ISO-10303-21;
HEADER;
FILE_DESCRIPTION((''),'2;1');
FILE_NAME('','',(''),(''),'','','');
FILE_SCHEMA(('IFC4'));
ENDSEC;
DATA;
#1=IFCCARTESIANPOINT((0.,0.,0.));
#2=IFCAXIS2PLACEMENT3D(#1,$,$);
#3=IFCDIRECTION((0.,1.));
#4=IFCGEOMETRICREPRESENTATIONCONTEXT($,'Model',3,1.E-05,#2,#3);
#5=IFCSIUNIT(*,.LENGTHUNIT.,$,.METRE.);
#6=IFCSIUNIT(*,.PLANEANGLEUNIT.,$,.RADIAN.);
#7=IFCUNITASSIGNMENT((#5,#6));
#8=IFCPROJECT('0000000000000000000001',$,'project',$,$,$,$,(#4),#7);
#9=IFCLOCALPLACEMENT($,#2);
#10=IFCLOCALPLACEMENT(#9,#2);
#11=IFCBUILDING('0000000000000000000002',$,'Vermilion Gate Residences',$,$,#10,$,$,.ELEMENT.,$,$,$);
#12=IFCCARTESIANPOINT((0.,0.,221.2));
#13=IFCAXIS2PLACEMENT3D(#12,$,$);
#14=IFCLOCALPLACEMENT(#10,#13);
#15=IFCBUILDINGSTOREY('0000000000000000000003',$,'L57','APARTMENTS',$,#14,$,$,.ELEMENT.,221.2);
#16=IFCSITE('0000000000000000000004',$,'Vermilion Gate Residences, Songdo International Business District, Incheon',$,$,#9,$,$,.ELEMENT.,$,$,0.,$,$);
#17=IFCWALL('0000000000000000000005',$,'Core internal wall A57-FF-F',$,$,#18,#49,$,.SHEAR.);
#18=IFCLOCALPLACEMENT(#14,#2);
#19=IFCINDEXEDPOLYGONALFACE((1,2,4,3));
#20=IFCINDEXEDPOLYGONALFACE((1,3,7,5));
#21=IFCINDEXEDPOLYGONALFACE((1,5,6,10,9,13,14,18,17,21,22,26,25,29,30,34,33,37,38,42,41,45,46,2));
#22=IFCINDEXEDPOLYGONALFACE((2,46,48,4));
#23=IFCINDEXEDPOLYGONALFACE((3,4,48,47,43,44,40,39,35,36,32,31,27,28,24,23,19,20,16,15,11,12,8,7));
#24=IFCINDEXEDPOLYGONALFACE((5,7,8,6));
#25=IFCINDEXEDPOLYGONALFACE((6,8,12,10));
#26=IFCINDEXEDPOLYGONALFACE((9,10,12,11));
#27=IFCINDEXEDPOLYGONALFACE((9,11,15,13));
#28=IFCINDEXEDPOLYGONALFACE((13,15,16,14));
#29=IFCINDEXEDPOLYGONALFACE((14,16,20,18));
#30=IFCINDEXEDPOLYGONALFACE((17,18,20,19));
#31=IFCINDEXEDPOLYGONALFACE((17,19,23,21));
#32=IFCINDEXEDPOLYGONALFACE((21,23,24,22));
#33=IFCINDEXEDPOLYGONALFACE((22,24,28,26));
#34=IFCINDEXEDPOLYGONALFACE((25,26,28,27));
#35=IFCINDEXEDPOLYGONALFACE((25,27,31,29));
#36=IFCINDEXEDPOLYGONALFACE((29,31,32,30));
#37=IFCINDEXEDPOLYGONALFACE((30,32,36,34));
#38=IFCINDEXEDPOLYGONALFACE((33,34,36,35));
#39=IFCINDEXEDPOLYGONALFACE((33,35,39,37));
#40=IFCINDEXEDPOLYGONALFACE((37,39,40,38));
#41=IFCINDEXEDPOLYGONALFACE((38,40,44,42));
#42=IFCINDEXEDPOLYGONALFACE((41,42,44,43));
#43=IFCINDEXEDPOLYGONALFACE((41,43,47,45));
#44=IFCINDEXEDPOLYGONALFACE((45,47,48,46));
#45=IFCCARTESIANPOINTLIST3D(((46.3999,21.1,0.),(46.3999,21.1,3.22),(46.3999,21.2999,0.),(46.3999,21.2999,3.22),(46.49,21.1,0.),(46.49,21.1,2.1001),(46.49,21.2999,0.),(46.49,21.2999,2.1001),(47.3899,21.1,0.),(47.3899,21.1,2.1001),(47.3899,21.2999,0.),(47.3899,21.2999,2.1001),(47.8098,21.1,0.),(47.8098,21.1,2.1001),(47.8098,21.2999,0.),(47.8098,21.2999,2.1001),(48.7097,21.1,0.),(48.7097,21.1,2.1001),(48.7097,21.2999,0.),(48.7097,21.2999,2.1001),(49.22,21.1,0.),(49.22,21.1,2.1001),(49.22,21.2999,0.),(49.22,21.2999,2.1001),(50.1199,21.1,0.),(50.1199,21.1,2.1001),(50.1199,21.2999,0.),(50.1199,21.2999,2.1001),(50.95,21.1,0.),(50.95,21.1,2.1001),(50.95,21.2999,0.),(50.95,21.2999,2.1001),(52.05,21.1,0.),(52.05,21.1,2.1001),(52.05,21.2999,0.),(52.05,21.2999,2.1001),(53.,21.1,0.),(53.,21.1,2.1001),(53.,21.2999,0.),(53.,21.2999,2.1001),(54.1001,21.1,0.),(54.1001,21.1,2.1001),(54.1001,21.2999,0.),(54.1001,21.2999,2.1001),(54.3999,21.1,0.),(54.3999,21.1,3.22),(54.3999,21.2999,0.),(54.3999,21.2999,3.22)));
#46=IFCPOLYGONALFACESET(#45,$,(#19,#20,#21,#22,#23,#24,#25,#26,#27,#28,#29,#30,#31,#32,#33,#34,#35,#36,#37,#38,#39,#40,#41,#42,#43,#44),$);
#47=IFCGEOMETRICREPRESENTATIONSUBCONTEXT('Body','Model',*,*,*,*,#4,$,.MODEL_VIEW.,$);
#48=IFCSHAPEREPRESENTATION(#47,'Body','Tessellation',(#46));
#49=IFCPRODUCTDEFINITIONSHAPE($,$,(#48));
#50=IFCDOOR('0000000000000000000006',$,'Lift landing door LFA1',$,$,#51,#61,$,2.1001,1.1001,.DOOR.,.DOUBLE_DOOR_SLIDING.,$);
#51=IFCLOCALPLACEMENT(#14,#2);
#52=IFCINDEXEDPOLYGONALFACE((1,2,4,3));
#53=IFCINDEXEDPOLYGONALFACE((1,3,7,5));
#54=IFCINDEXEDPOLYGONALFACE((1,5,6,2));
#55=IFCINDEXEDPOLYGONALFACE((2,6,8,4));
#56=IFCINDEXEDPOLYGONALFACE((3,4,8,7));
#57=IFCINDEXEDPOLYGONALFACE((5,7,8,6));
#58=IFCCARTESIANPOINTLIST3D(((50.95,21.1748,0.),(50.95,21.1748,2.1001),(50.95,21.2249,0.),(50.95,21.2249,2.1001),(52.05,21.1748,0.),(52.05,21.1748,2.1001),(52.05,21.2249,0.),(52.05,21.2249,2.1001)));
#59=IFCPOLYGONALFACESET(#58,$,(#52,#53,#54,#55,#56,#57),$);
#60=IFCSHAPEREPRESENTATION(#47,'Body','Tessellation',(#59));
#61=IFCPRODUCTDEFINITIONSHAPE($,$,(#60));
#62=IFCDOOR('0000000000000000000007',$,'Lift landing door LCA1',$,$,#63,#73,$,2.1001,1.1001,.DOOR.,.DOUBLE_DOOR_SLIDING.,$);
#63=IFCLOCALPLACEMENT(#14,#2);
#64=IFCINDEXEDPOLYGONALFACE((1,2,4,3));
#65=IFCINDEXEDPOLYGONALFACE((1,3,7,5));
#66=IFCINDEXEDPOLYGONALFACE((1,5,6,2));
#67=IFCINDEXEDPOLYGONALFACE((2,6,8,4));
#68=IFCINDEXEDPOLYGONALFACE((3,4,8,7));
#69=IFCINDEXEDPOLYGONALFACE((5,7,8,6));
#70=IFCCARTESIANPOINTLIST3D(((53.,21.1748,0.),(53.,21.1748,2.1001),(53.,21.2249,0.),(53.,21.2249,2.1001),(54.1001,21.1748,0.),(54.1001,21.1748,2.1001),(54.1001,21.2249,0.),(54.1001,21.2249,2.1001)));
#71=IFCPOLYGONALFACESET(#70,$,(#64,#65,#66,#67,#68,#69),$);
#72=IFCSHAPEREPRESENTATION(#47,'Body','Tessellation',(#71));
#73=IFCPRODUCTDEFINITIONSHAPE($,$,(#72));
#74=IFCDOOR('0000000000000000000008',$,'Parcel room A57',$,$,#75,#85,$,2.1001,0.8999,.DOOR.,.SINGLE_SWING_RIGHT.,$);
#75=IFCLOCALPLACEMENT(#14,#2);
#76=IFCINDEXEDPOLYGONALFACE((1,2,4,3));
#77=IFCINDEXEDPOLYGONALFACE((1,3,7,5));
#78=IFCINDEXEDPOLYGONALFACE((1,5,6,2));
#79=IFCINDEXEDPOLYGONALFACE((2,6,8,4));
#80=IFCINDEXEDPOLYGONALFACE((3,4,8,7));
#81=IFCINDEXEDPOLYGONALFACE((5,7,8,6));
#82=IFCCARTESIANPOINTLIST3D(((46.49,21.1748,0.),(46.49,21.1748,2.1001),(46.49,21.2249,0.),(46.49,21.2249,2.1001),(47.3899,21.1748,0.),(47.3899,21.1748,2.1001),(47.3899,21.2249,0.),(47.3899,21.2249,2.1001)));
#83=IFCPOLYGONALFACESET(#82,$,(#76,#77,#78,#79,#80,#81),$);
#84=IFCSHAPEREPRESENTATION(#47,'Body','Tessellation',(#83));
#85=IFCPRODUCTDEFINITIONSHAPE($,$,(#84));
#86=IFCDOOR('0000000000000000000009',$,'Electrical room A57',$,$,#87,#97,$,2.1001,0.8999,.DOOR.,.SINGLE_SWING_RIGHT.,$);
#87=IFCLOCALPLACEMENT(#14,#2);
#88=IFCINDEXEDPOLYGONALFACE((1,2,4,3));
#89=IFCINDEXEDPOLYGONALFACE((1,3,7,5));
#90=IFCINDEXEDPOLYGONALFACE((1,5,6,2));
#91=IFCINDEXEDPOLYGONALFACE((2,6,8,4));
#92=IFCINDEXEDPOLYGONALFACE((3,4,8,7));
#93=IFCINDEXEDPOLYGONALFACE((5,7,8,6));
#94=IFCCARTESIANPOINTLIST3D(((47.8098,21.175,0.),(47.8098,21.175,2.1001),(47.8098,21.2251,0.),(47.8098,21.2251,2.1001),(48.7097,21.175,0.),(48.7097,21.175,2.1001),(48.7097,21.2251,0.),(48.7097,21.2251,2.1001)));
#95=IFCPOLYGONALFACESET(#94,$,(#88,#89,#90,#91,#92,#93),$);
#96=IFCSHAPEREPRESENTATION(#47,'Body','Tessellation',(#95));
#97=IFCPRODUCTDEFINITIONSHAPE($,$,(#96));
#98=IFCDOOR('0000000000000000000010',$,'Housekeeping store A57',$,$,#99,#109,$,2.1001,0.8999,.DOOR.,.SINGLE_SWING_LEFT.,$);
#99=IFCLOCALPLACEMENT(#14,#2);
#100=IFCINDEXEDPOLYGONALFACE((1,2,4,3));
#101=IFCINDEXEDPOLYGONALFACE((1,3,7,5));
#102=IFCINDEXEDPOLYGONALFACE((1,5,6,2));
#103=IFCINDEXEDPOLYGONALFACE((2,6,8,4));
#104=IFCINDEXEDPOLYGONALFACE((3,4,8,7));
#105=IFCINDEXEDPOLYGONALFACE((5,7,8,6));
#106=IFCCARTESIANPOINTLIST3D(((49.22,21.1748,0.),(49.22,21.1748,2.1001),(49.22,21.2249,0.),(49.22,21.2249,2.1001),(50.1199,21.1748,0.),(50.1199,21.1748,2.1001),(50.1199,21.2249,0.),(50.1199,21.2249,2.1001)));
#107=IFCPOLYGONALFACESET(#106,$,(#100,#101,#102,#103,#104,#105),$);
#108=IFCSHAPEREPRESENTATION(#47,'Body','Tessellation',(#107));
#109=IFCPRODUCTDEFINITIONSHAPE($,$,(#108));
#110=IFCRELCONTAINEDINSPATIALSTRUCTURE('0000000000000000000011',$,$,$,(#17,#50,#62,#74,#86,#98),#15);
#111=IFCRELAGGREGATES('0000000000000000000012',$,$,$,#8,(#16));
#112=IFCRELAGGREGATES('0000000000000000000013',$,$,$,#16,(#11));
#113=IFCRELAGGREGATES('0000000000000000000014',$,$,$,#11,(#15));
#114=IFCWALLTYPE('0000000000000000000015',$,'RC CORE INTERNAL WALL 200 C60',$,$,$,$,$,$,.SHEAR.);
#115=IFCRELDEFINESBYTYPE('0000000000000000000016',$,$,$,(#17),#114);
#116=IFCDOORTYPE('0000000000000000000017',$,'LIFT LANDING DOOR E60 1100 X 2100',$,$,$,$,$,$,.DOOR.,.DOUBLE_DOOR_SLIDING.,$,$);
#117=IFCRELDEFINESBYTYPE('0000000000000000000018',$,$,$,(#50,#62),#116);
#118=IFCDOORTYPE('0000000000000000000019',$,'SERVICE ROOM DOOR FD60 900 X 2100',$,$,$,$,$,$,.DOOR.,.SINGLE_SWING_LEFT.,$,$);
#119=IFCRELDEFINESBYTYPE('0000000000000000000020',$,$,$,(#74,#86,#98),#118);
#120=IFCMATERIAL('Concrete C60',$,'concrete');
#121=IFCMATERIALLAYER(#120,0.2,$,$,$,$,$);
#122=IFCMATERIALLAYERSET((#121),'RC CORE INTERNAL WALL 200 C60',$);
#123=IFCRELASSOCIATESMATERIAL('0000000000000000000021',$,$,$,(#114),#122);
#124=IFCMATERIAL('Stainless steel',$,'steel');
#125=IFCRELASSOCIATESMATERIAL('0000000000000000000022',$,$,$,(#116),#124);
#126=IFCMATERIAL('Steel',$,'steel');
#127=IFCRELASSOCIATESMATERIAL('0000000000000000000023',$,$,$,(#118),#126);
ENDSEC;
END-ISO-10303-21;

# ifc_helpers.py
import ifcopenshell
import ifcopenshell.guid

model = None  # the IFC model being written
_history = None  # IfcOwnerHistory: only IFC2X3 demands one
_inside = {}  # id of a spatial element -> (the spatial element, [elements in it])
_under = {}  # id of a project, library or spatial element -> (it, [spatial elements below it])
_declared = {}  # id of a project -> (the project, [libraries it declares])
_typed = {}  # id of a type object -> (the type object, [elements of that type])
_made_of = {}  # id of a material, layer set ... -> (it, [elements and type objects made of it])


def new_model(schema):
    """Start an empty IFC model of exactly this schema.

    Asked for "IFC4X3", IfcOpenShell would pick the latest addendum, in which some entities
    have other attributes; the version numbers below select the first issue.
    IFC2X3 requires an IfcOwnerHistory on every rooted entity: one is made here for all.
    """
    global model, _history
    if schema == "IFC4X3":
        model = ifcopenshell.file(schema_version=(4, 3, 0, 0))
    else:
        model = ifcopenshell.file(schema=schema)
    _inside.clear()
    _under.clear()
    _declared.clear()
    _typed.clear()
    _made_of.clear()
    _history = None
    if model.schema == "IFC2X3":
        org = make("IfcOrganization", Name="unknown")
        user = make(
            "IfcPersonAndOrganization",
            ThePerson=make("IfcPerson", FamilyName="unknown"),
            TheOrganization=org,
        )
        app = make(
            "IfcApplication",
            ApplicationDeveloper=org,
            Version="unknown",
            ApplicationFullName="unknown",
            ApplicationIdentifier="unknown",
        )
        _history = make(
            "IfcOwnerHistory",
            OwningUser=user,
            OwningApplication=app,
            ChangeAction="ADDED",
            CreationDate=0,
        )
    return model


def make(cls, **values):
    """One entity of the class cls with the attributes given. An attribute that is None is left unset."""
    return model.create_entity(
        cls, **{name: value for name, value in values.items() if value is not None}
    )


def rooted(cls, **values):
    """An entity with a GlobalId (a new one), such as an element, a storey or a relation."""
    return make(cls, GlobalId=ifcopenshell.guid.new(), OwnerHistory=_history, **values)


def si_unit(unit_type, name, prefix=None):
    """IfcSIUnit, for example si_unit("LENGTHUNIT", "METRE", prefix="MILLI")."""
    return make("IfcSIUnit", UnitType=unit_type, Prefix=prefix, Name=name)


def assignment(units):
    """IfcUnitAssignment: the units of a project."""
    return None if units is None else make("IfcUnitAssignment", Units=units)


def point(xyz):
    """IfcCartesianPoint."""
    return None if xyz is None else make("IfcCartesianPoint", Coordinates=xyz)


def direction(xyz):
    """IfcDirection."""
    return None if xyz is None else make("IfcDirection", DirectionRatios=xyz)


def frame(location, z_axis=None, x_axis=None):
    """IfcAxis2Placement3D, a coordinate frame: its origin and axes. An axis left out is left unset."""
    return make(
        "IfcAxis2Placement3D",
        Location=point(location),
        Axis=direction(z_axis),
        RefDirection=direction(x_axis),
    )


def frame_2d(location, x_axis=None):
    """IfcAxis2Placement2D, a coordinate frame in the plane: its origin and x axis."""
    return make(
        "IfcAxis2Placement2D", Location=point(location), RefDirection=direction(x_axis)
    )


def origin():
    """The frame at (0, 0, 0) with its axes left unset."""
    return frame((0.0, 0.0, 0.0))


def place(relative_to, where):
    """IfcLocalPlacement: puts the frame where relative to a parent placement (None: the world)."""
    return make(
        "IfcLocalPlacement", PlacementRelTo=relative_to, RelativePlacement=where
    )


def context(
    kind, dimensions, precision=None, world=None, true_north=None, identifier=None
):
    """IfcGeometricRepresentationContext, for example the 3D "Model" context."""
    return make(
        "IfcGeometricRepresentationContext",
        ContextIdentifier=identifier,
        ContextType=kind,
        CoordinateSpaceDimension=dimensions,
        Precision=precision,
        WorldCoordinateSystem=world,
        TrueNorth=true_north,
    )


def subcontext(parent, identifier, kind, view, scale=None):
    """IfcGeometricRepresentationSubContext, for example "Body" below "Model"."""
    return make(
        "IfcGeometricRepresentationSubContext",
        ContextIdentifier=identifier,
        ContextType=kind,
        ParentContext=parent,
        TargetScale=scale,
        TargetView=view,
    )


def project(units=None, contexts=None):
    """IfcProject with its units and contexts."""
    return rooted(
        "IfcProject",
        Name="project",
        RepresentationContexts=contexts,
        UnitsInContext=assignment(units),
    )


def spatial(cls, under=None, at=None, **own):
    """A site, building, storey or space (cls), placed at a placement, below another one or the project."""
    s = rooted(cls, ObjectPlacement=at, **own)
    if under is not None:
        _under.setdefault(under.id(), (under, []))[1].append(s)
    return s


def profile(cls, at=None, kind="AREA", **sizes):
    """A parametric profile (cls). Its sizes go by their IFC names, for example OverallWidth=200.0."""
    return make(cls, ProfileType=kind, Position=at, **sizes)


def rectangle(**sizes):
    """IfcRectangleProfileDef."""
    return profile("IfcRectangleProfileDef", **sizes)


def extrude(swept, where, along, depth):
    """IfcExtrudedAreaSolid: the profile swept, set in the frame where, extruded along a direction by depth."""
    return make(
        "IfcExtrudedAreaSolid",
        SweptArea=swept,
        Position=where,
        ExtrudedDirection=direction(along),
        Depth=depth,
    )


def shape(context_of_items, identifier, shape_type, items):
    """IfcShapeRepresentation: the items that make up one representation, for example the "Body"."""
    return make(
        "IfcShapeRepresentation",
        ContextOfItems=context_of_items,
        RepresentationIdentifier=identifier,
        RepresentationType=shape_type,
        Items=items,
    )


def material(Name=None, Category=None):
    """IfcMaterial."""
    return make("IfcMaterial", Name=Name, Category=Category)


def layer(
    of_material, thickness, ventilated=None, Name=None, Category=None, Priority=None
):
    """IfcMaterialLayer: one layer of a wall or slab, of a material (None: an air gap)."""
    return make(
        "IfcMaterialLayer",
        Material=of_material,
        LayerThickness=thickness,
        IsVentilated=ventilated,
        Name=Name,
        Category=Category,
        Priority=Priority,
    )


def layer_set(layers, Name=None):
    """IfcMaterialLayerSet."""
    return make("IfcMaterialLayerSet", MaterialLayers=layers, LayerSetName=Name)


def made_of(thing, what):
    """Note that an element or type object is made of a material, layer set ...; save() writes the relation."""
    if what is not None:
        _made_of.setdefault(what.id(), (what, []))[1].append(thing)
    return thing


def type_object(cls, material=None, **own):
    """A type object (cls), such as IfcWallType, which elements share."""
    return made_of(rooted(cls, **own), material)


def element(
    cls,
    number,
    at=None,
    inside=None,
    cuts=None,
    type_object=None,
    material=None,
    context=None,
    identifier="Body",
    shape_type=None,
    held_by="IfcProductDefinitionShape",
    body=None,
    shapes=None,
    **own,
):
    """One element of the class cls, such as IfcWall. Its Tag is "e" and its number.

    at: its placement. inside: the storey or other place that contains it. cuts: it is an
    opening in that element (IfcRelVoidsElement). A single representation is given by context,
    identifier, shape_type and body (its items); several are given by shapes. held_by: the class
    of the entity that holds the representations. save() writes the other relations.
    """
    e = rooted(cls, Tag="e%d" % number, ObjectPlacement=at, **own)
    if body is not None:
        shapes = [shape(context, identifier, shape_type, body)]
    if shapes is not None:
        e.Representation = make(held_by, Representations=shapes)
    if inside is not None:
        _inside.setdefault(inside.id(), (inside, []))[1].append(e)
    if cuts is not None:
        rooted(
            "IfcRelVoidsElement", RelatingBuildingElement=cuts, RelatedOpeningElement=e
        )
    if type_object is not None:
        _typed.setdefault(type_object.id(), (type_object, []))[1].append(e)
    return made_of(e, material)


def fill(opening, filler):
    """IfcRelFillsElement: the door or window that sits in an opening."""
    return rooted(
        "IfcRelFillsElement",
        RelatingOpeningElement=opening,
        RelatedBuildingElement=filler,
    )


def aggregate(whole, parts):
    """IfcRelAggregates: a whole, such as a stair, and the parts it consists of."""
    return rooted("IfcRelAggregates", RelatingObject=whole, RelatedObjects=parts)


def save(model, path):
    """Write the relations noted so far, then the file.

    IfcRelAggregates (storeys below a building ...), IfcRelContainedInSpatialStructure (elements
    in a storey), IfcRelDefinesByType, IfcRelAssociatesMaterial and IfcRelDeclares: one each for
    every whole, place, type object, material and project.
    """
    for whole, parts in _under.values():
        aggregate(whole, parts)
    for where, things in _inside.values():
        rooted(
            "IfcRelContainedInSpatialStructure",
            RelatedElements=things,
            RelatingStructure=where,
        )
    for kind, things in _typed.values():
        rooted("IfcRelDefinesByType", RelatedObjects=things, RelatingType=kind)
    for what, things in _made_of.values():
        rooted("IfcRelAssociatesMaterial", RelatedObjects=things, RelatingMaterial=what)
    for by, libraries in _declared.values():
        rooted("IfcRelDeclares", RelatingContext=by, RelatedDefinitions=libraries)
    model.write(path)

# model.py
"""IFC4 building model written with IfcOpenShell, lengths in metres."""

from ifc_helpers import new_model, si_unit, direction, frame, frame_2d, origin, place, context, subcontext, project, spatial, rectangle, extrude, material, layer, layer_set, type_object, element, fill, save


model = new_model("IFC4")

# Units and contexts
model_context = context("Model", 3, precision=1e-05, world=origin(), true_north=direction((0.0, 1.0)))
body_context = subcontext(model_context, "Body", "Model", "MODEL_VIEW")
ifc_project = project(units=[si_unit("LENGTHUNIT", "METRE"), si_unit("PLANEANGLEUNIT", "RADIAN")], contexts=[model_context])

# Site, building, storey
site_placement = place(None, origin())
site = spatial("IfcSite", under=ifc_project, at=site_placement, Name="Vermilion Gate Residences, Songdo International Business District, Incheon", CompositionType="ELEMENT", RefElevation=0.0)
building_placement = place(site_placement, origin())
building = spatial("IfcBuilding", under=site, at=building_placement, Name="Vermilion Gate Residences", CompositionType="ELEMENT")
storey_placement = place(building_placement, frame((0.0, 0.0, 221.2)))
storey = spatial("IfcBuildingStorey", under=building, at=storey_placement, Name="L57", Description="APARTMENTS", CompositionType="ELEMENT", Elevation=221.2)

# Shared definitions
ifc_material_1 = material(Name="Concrete C60", Category="concrete")
ifc_layer_1 = layer(ifc_material_1, 0.2)
ifc_layer_set_1 = layer_set([ifc_layer_1], Name="RC CORE INTERNAL WALL 200 C60")
wall_type_1 = type_object("IfcWallType", Name="RC CORE INTERNAL WALL 200 C60", PredefinedType="SHEAR", material=ifc_layer_set_1)

# Wall, openings, doors
wall_1_placement = place(storey_placement, frame((46.3999, 21.2, 0.0), z_axis=(0.0, 0.0, 1.0), x_axis=(1.0, 0.0, 0.0)))
wall_1 = element("IfcWall", 1, at=wall_1_placement, inside=storey, type_object=wall_type_1, Name="Core internal wall A57-FF-F", PredefinedType="SHEAR", context=body_context, shape_type="SweptSolid", body=[
    extrude(rectangle(XDim=8.0, YDim=0.2, at=frame_2d((4.0, 0.0))), origin(), (0.0, 0.0, 1.0), 3.22),
])
opening_1_placement = place(wall_1_placement, frame((0.0901, 0.0, 0.0)))
opening_1 = element("IfcOpeningElement", 2, at=opening_1_placement, cuts=wall_1, PredefinedType="OPENING", context=body_context, shape_type="SweptSolid", body=[
    extrude(rectangle(XDim=0.8999, YDim=2.1001, at=frame_2d((0.45, 1.05))), frame((0.0, 0.1099, 0.0), z_axis=(0.0, -1.0, 0.0), x_axis=(1.0, 0.0, 0.0)), (0.0, 0.0, 1.0), 0.22),
])
opening_2_placement = place(wall_1_placement, frame((1.4099, 0.0, 0.0)))
opening_2 = element("IfcOpeningElement", 3, at=opening_2_placement, cuts=wall_1, PredefinedType="OPENING", context=body_context, shape_type="SweptSolid", body=[
    extrude(rectangle(XDim=0.8999, YDim=2.1001, at=frame_2d((0.45, 1.05))), frame((0.0, 0.1099, 0.0), z_axis=(0.0, -1.0, 0.0), x_axis=(1.0, 0.0, 0.0)), (0.0, 0.0, 1.0), 0.22),
])
opening_3_placement = place(wall_1_placement, frame((2.8201, 0.0, 0.0)))
opening_3 = element("IfcOpeningElement", 4, at=opening_3_placement, cuts=wall_1, PredefinedType="OPENING", context=body_context, shape_type="SweptSolid", body=[
    extrude(rectangle(XDim=0.8999, YDim=2.1001, at=frame_2d((0.45, 1.05))), frame((0.0, 0.1099, 0.0), z_axis=(0.0, -1.0, 0.0), x_axis=(1.0, 0.0, 0.0)), (0.0, 0.0, 1.0), 0.22),
])
opening_4_placement = place(wall_1_placement, frame((4.55, 0.0, 0.0)))
opening_4 = element("IfcOpeningElement", 5, at=opening_4_placement, cuts=wall_1, PredefinedType="OPENING", context=body_context, shape_type="SweptSolid", body=[
    extrude(rectangle(XDim=1.1001, YDim=2.1001, at=frame_2d((0.55, 1.05))), frame((0.0, 0.1099, 0.0), z_axis=(0.0, -1.0, 0.0), x_axis=(1.0, 0.0, 0.0)), (0.0, 0.0, 1.0), 0.22),
])
opening_5_placement = place(wall_1_placement, frame((6.6001, 0.0, 0.0)))
opening_5 = element("IfcOpeningElement", 6, at=opening_5_placement, cuts=wall_1, PredefinedType="OPENING", context=body_context, shape_type="SweptSolid", body=[
    extrude(rectangle(XDim=1.1001, YDim=2.1001, at=frame_2d((0.55, 1.05))), frame((0.0, 0.1099, 0.0), z_axis=(0.0, -1.0, 0.0), x_axis=(1.0, 0.0, 0.0)), (0.0, 0.0, 1.0), 0.22),
])
ifc_material_2 = material(Name="Stainless steel", Category="steel")
door_type_1 = type_object("IfcDoorType", Name="LIFT LANDING DOOR E60 1100 X 2100", OperationType="DOUBLE_DOOR_SLIDING", PredefinedType="DOOR", material=ifc_material_2)
door_1_placement = place(opening_4_placement, origin())
door_1 = element("IfcDoor", 7, at=door_1_placement, inside=storey, type_object=door_type_1, Name="Lift landing door LFA1", OperationType="DOUBLE_DOOR_SLIDING", OverallHeight=2.1001, OverallWidth=1.1001, PredefinedType="DOOR", context=body_context, shape_type="SweptSolid", body=[
    extrude(rectangle(XDim=1.1001, YDim=2.1001, at=frame_2d((0.55, 1.05))), frame((0.0, 0.0249, 0.0), z_axis=(0.0, -1.0, 0.0), x_axis=(1.0, 0.0, 0.0)), (0.0, 0.0, 1.0), 0.05),
])
fill(opening_4, door_1)
door_2_placement = place(opening_5_placement, origin())
door_2 = element("IfcDoor", 8, at=door_2_placement, inside=storey, type_object=door_type_1, Name="Lift landing door LCA1", OperationType="DOUBLE_DOOR_SLIDING", OverallHeight=2.1001, OverallWidth=1.1001, PredefinedType="DOOR", context=body_context, shape_type="SweptSolid", body=[
    extrude(rectangle(XDim=1.1001, YDim=2.1001, at=frame_2d((0.55, 1.05))), frame((0.0, 0.0249, 0.0), z_axis=(0.0, -1.0, 0.0), x_axis=(1.0, 0.0, 0.0)), (0.0, 0.0, 1.0), 0.05),
])
fill(opening_5, door_2)
ifc_material_3 = material(Name="Steel", Category="steel")
door_type_2 = type_object("IfcDoorType", Name="SERVICE ROOM DOOR FD60 900 X 2100", OperationType="SINGLE_SWING_LEFT", PredefinedType="DOOR", material=ifc_material_3)
door_3_placement = place(opening_1_placement, origin())
door_3 = element("IfcDoor", 9, at=door_3_placement, inside=storey, type_object=door_type_2, Name="Parcel room A57", OperationType="SINGLE_SWING_RIGHT", OverallHeight=2.1001, OverallWidth=0.8999, PredefinedType="DOOR", context=body_context, shape_type="SweptSolid", body=[
    extrude(rectangle(XDim=0.8999, YDim=2.1001, at=frame_2d((0.45, 1.05))), frame((0.0, 0.0249, 0.0), z_axis=(0.0, -1.0, 0.0), x_axis=(1.0, 0.0, 0.0)), (0.0, 0.0, 1.0), 0.05),
])
fill(opening_1, door_3)
door_4_placement = place(opening_2_placement, frame((0.8999, 0.0, 0.0), z_axis=(0.0, 0.0, 1.0), x_axis=(-1.0, 0.0, 0.0)))
door_4 = element("IfcDoor", 10, at=door_4_placement, inside=storey, type_object=door_type_2, Name="Electrical room A57", OperationType="SINGLE_SWING_RIGHT", OverallHeight=2.1001, OverallWidth=0.8999, PredefinedType="DOOR", context=body_context, shape_type="SweptSolid", body=[
    extrude(rectangle(XDim=0.8999, YDim=2.1001, at=frame_2d((0.45, 1.05))), frame((0.0, 0.0249, 0.0), z_axis=(0.0, -1.0, 0.0), x_axis=(1.0, 0.0, 0.0)), (0.0, 0.0, 1.0), 0.05),
])
fill(opening_2, door_4)
door_5_placement = place(opening_3_placement, origin())
door_5 = element("IfcDoor", 11, at=door_5_placement, inside=storey, type_object=door_type_2, Name="Housekeeping store A57", OperationType="SINGLE_SWING_LEFT", OverallHeight=2.1001, OverallWidth=0.8999, PredefinedType="DOOR", context=body_context, shape_type="SweptSolid", body=[
    extrude(rectangle(XDim=0.8999, YDim=2.1001, at=frame_2d((0.45, 1.05))), frame((0.0, 0.0249, 0.0), z_axis=(0.0, -1.0, 0.0), x_axis=(1.0, 0.0, 0.0)), (0.0, 0.0, 1.0), 0.05),
])
fill(opening_3, door_5)

save(model, "model.ifc")
